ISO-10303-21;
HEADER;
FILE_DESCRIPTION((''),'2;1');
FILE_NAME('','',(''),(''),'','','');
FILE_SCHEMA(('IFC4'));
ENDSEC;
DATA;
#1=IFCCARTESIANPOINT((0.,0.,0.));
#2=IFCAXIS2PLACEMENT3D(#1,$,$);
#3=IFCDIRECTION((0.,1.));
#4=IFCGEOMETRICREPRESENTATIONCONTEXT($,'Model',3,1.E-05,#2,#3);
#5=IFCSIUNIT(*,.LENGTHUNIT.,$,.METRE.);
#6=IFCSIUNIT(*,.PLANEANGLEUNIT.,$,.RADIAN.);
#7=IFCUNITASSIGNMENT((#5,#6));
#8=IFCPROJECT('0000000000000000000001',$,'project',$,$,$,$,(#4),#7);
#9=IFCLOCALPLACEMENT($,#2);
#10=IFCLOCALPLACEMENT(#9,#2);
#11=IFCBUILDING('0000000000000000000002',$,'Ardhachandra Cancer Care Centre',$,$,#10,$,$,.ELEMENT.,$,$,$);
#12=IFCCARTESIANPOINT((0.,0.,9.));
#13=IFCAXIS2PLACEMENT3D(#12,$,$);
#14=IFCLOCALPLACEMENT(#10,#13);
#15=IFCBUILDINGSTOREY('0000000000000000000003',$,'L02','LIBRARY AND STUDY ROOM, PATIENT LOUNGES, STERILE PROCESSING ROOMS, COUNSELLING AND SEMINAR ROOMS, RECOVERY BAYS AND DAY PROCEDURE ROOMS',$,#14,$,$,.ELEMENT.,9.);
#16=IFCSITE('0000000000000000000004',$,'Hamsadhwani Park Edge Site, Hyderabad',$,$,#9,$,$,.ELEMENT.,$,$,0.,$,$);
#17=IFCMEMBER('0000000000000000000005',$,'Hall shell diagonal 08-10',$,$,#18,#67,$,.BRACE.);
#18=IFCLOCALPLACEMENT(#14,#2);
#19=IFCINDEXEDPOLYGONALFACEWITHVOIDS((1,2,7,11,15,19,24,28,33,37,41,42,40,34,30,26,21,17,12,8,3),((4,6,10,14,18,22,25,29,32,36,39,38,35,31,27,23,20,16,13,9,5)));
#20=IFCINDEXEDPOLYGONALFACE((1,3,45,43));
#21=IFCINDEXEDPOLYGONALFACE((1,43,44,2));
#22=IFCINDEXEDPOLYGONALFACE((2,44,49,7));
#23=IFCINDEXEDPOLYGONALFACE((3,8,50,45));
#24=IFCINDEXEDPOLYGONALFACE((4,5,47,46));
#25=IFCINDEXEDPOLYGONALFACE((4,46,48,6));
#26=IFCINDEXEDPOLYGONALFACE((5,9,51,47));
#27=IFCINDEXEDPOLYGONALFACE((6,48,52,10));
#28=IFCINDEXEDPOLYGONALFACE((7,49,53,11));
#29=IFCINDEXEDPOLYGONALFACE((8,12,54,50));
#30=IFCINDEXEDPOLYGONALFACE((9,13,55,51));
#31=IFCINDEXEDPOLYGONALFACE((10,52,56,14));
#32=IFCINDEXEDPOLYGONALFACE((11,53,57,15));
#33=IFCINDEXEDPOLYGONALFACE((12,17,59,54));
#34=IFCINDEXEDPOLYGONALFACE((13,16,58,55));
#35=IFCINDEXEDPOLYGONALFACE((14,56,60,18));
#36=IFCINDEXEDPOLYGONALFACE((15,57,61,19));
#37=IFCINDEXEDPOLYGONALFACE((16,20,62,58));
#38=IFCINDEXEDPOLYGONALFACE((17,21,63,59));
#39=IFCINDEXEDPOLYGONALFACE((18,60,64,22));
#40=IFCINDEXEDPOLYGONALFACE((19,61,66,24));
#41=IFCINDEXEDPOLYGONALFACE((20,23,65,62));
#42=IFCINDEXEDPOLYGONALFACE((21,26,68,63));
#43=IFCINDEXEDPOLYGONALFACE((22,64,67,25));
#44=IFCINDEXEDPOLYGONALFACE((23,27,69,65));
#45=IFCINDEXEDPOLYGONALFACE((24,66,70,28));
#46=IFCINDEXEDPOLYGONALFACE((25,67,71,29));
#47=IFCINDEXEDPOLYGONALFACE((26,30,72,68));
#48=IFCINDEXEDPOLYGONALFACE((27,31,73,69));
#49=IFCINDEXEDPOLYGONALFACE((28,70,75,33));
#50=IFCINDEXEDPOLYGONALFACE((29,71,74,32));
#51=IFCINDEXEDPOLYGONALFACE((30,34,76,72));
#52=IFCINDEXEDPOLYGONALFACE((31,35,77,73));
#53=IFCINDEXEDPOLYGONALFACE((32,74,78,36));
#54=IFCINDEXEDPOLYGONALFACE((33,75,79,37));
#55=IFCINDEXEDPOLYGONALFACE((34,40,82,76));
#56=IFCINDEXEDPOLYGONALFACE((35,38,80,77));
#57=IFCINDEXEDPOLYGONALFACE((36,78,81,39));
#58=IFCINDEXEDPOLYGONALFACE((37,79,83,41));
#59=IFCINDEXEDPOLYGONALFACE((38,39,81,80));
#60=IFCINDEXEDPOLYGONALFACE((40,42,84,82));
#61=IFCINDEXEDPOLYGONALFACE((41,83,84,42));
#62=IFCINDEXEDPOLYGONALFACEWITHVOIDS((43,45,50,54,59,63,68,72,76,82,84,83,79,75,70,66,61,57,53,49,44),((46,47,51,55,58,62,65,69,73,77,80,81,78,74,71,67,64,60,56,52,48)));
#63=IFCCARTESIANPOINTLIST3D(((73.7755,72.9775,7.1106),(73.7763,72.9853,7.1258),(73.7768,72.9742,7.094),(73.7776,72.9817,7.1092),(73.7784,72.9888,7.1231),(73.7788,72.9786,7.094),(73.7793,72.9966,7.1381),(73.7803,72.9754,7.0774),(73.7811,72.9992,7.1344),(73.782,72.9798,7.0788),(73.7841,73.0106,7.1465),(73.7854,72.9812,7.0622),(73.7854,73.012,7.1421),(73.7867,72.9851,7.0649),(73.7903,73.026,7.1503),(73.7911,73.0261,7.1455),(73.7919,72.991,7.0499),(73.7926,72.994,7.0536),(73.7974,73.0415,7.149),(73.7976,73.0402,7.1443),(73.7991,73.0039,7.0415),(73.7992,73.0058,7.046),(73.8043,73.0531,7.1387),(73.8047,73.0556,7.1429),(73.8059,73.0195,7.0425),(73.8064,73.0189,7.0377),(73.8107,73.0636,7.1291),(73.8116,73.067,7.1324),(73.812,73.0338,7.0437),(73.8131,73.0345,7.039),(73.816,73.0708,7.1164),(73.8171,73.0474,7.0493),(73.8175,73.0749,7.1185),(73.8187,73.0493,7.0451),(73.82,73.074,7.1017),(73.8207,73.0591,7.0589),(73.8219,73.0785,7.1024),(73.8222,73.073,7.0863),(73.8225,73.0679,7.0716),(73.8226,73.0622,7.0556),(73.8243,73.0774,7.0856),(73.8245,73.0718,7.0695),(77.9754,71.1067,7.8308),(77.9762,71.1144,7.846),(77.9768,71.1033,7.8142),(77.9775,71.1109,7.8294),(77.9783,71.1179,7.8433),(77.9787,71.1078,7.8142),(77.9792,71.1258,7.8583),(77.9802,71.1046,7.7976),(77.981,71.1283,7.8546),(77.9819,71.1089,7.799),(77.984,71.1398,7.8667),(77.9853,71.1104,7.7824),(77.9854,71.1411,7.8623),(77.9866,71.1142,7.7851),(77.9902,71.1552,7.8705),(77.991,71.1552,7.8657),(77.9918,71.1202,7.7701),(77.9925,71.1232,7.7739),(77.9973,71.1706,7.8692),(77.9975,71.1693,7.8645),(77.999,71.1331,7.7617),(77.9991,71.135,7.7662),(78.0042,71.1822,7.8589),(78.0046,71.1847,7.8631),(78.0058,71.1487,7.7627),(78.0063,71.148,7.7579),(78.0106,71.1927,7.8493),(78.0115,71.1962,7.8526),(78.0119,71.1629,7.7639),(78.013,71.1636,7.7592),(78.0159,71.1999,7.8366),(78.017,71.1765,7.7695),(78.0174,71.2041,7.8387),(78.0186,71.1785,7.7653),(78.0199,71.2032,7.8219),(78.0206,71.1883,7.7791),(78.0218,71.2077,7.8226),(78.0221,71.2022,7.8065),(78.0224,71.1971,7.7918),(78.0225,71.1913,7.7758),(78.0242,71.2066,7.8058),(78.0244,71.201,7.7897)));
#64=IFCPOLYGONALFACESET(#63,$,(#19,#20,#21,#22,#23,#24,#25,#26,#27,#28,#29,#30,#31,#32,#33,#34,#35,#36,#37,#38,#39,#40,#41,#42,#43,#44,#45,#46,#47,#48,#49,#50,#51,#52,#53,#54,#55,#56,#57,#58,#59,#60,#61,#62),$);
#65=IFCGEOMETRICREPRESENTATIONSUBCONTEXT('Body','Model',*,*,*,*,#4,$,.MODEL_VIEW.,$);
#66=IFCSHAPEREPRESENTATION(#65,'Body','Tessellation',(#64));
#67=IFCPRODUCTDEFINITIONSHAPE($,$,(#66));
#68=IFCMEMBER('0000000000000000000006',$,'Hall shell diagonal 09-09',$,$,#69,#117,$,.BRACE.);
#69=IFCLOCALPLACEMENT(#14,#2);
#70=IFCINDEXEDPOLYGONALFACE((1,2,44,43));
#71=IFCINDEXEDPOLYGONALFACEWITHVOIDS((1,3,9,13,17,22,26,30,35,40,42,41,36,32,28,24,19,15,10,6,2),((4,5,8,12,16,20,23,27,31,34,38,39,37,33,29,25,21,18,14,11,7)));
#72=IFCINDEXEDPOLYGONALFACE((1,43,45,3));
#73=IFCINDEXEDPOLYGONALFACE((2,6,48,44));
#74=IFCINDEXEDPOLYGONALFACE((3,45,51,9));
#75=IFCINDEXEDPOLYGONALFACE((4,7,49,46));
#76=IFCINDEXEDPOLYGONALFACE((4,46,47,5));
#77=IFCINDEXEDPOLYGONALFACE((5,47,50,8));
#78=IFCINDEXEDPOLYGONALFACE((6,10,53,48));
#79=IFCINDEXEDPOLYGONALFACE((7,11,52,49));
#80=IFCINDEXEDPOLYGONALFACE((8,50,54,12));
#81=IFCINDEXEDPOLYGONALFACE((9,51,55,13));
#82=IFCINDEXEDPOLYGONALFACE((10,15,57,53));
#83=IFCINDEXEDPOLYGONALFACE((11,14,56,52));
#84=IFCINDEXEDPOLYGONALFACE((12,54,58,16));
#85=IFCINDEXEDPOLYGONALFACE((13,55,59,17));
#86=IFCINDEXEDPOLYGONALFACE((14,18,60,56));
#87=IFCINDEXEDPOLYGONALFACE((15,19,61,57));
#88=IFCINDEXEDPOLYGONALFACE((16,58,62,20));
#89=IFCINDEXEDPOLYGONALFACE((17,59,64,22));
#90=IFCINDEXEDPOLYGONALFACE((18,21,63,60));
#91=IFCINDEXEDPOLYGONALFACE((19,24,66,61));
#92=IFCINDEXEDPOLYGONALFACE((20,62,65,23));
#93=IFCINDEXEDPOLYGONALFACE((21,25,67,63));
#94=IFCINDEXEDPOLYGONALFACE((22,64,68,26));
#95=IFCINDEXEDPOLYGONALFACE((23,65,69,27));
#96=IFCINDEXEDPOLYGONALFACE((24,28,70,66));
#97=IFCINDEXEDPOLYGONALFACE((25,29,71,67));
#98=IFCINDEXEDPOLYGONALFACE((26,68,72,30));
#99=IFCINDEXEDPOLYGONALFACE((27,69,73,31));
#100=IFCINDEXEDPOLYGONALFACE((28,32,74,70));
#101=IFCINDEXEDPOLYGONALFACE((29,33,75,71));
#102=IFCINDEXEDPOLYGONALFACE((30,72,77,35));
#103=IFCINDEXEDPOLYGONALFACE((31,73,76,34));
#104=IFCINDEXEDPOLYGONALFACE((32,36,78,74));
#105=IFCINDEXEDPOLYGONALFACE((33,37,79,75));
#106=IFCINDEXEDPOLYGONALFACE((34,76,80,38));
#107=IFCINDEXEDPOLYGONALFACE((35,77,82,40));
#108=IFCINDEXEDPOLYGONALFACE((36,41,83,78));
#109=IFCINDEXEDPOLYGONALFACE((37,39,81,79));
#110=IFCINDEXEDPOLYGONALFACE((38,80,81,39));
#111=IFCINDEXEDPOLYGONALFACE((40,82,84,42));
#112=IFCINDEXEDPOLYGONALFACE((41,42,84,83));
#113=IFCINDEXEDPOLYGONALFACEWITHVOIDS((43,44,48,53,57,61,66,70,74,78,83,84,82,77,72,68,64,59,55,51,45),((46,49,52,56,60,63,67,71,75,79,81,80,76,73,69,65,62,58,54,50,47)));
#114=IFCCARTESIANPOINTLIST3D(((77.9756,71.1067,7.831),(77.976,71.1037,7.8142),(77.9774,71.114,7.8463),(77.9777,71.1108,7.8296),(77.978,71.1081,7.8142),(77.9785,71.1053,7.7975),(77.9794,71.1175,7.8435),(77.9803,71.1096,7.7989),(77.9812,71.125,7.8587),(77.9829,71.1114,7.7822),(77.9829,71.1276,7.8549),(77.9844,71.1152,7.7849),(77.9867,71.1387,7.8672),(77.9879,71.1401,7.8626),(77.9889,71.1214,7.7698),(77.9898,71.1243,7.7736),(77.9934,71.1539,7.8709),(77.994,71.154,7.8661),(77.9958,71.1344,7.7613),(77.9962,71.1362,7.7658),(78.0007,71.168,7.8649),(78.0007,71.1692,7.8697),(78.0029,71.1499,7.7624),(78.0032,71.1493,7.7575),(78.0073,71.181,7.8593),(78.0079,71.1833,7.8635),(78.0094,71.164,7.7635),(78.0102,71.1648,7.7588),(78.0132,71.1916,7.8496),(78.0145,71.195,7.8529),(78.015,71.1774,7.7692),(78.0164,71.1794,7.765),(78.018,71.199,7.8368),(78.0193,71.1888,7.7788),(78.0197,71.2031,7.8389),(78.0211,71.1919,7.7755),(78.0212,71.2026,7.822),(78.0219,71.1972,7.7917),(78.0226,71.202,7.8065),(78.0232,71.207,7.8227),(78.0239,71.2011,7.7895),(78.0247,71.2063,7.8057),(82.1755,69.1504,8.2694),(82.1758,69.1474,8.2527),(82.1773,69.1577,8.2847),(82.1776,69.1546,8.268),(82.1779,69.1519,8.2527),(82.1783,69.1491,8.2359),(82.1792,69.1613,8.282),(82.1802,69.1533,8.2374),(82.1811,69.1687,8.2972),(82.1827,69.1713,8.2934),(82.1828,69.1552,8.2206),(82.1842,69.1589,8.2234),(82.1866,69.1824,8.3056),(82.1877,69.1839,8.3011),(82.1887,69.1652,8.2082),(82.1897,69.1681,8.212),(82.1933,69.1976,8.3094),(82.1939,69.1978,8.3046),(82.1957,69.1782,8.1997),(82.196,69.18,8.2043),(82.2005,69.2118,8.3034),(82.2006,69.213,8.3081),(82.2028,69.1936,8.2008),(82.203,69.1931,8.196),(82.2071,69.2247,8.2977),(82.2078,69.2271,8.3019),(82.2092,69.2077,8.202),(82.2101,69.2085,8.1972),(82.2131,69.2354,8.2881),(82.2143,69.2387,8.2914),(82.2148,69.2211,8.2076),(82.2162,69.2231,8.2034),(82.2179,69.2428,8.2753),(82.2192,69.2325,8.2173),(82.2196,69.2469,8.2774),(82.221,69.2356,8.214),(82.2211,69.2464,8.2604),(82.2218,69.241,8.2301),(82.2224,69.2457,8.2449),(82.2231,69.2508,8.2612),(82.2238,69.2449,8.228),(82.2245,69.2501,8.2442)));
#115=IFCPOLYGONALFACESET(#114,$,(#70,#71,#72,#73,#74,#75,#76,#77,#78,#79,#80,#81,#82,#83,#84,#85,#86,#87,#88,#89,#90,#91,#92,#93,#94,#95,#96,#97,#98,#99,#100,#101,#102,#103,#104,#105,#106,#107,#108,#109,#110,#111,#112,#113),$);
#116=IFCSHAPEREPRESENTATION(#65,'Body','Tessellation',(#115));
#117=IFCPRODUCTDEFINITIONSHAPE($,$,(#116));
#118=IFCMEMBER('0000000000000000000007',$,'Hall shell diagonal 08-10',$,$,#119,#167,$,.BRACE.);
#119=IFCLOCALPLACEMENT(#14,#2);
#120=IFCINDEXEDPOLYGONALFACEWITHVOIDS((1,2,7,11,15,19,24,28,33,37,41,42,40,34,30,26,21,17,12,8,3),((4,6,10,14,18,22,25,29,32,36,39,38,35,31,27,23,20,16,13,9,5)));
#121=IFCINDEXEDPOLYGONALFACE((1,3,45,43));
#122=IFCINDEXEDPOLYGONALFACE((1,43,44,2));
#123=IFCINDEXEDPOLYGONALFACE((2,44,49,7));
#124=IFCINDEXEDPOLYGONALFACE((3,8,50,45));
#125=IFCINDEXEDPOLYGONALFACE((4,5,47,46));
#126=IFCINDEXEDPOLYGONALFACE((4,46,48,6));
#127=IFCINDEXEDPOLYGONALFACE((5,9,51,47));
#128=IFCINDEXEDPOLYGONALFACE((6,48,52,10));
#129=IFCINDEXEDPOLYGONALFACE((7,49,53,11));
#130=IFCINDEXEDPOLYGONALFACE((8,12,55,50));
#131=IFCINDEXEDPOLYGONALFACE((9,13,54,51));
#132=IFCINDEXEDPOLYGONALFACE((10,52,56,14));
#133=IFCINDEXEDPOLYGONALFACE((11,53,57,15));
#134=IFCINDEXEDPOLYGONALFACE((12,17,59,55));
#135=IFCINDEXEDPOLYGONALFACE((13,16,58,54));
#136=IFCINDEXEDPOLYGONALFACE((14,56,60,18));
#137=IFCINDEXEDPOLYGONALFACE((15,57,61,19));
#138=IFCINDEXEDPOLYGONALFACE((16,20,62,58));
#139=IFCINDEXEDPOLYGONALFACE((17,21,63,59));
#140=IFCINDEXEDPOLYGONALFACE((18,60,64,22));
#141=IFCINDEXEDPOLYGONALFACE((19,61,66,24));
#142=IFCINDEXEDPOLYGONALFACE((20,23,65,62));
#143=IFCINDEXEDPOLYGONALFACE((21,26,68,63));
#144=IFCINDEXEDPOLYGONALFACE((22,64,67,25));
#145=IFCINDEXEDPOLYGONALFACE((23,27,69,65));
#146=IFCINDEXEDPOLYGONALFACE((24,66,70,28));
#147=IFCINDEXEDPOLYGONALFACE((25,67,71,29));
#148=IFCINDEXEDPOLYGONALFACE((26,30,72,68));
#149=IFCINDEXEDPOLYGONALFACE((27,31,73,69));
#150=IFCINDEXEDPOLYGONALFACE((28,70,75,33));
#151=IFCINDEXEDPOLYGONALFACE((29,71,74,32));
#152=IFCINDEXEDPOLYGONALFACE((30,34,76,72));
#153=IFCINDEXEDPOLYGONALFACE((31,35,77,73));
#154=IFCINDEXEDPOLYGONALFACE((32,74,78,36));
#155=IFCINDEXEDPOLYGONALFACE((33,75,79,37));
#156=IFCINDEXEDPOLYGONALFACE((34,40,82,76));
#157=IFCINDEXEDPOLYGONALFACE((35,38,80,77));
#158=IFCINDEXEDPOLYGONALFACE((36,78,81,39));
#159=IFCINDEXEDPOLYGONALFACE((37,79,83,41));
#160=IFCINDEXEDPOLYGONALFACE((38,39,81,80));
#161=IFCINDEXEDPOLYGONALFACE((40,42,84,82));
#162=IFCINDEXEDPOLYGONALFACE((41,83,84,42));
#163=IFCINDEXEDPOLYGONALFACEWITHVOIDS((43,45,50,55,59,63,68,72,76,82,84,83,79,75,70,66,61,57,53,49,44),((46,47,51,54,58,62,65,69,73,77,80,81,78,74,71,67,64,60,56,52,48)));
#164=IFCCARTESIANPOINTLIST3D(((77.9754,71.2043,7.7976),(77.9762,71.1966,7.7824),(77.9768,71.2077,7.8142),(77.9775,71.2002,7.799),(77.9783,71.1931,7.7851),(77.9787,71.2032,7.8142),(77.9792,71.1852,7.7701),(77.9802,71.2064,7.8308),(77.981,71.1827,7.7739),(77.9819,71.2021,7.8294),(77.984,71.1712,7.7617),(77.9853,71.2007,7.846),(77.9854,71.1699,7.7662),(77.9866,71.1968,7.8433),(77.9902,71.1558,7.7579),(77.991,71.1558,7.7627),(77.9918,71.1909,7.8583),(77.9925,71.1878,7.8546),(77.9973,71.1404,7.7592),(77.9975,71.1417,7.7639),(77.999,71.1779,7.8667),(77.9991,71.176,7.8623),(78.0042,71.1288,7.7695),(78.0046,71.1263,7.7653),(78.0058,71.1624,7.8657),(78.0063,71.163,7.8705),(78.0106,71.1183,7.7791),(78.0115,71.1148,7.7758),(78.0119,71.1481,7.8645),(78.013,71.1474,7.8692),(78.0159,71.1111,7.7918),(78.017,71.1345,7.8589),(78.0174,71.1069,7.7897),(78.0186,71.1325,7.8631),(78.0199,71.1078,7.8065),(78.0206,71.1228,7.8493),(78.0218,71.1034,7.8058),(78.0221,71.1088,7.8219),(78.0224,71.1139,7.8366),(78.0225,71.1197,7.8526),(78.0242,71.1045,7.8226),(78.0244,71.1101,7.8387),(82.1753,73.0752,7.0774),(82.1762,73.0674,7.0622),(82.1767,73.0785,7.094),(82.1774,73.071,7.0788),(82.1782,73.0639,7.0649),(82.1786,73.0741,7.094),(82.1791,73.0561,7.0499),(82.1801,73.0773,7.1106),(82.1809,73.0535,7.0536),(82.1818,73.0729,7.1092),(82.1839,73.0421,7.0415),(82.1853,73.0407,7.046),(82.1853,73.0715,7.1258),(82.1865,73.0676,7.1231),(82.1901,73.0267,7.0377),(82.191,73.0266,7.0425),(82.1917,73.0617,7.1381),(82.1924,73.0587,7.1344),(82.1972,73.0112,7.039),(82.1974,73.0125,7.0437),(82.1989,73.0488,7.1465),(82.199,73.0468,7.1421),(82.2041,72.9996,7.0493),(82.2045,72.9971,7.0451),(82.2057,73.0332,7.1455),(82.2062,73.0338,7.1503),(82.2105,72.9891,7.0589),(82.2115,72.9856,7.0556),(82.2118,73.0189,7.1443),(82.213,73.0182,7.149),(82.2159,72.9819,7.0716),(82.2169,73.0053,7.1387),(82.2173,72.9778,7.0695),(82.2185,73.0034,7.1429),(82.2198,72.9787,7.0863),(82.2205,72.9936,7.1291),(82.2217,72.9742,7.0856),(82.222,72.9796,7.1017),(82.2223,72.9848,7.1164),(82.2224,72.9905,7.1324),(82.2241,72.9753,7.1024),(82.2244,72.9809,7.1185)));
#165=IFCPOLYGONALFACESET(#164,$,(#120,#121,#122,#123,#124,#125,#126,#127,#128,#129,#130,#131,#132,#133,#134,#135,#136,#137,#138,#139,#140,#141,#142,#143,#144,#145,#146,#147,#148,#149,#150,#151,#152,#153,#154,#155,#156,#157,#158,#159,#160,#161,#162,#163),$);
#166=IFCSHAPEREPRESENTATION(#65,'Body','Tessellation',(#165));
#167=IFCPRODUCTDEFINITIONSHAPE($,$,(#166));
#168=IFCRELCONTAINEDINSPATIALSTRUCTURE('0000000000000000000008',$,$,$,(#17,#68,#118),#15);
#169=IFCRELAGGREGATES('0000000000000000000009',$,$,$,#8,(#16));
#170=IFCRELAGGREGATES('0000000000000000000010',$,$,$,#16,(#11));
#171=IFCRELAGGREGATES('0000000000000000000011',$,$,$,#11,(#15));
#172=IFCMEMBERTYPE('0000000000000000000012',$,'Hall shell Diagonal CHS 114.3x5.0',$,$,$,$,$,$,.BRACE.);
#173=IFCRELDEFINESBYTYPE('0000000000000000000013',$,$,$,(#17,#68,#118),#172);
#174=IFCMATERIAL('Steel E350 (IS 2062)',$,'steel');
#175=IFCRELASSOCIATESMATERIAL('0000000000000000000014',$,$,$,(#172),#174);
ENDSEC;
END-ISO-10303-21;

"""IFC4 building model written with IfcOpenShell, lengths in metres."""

from ifc_helpers import new_model, si_unit, direction, frame, origin, origin_2d, place, context, subcontext, project, spatial, hollow_circle, extrude, material, material_profile, profile_set, type_object, element, save


model = new_model("IFC4")

# Units and contexts
model_context = context("Model", 3, precision=1e-05, world=origin(), true_north=direction((0.0, 1.0)))
body_context = subcontext(model_context, "Body", "Model", "MODEL_VIEW")
ifc_project = project(units=[si_unit("LENGTHUNIT", "METRE"), si_unit("PLANEANGLEUNIT", "RADIAN")], contexts=[model_context])

# Site, building, storey
site_placement = place(None, origin())
site = spatial("IfcSite", under=ifc_project, at=site_placement, Name="Hamsadhwani Park Edge Site, Hyderabad", CompositionType="ELEMENT", RefElevation=0.0)
building_placement = place(site_placement, origin())
building = spatial("IfcBuilding", under=site, at=building_placement, Name="Ardhachandra Cancer Care Centre", CompositionType="ELEMENT")
storey_placement = place(building_placement, frame((0.0, 0.0, 9.0)))
storey = spatial("IfcBuildingStorey", under=building, at=storey_placement, Name="L02", Description="LIBRARY AND STUDY ROOM, PATIENT LOUNGES, STERILE PROCESSING ROOMS, COUNSELLING AND SEMINAR ROOMS, RECOVERY BAYS AND DAY PROCEDURE ROOMS", CompositionType="ELEMENT", Elevation=9.0)

# Members
ifc_material_1 = material(Name="Steel E350 (IS 2062)", Category="steel")
ifc_material_profile_1 = material_profile(ifc_material_1, hollow_circle(Radius=0.0571, WallThickness=0.0049, at=origin_2d()), Name="CHS 114.3x5.0")
ifc_profile_set_1 = profile_set([ifc_material_profile_1], Name="Steel E350 (IS 2062)")
member_type_1 = type_object("IfcMemberType", Name="Hall shell Diagonal CHS 114.3x5.0", PredefinedType="BRACE", material=ifc_profile_set_1)
for number, where, z_axis, x_axis, name in (
    (1, (78.0, 71.1555, 7.8142), (-0.902467, 0.402, -0.154757), (-0.406902, -0.913472, 0.0), "Hall shell diagonal 08-10"),
    (2, (82.2, 69.1992, 8.2527), (-0.902455, 0.420355, -0.094217), (-0.422233, -0.906487, 0.0), "Hall shell diagonal 09-09"),
    (3, (78.0, 71.1555, 7.8142), (0.902467, 0.402, -0.154757), (-0.406902, 0.913472, 0.0), "Hall shell diagonal 08-10"),
):
    element("IfcMember", number, at=place(storey_placement, frame(where, z_axis=z_axis, x_axis=x_axis)), inside=storey, type_object=member_type_1, Name=name, PredefinedType="BRACE", context=body_context, shape_type="SweptSolid", body=[
        extrude(hollow_circle(Radius=0.0571, WallThickness=0.0049, at=origin_2d()), origin(), (0.0, 0.0, 1.0), 4.6538),
    ])

save(model, "model.ifc")
